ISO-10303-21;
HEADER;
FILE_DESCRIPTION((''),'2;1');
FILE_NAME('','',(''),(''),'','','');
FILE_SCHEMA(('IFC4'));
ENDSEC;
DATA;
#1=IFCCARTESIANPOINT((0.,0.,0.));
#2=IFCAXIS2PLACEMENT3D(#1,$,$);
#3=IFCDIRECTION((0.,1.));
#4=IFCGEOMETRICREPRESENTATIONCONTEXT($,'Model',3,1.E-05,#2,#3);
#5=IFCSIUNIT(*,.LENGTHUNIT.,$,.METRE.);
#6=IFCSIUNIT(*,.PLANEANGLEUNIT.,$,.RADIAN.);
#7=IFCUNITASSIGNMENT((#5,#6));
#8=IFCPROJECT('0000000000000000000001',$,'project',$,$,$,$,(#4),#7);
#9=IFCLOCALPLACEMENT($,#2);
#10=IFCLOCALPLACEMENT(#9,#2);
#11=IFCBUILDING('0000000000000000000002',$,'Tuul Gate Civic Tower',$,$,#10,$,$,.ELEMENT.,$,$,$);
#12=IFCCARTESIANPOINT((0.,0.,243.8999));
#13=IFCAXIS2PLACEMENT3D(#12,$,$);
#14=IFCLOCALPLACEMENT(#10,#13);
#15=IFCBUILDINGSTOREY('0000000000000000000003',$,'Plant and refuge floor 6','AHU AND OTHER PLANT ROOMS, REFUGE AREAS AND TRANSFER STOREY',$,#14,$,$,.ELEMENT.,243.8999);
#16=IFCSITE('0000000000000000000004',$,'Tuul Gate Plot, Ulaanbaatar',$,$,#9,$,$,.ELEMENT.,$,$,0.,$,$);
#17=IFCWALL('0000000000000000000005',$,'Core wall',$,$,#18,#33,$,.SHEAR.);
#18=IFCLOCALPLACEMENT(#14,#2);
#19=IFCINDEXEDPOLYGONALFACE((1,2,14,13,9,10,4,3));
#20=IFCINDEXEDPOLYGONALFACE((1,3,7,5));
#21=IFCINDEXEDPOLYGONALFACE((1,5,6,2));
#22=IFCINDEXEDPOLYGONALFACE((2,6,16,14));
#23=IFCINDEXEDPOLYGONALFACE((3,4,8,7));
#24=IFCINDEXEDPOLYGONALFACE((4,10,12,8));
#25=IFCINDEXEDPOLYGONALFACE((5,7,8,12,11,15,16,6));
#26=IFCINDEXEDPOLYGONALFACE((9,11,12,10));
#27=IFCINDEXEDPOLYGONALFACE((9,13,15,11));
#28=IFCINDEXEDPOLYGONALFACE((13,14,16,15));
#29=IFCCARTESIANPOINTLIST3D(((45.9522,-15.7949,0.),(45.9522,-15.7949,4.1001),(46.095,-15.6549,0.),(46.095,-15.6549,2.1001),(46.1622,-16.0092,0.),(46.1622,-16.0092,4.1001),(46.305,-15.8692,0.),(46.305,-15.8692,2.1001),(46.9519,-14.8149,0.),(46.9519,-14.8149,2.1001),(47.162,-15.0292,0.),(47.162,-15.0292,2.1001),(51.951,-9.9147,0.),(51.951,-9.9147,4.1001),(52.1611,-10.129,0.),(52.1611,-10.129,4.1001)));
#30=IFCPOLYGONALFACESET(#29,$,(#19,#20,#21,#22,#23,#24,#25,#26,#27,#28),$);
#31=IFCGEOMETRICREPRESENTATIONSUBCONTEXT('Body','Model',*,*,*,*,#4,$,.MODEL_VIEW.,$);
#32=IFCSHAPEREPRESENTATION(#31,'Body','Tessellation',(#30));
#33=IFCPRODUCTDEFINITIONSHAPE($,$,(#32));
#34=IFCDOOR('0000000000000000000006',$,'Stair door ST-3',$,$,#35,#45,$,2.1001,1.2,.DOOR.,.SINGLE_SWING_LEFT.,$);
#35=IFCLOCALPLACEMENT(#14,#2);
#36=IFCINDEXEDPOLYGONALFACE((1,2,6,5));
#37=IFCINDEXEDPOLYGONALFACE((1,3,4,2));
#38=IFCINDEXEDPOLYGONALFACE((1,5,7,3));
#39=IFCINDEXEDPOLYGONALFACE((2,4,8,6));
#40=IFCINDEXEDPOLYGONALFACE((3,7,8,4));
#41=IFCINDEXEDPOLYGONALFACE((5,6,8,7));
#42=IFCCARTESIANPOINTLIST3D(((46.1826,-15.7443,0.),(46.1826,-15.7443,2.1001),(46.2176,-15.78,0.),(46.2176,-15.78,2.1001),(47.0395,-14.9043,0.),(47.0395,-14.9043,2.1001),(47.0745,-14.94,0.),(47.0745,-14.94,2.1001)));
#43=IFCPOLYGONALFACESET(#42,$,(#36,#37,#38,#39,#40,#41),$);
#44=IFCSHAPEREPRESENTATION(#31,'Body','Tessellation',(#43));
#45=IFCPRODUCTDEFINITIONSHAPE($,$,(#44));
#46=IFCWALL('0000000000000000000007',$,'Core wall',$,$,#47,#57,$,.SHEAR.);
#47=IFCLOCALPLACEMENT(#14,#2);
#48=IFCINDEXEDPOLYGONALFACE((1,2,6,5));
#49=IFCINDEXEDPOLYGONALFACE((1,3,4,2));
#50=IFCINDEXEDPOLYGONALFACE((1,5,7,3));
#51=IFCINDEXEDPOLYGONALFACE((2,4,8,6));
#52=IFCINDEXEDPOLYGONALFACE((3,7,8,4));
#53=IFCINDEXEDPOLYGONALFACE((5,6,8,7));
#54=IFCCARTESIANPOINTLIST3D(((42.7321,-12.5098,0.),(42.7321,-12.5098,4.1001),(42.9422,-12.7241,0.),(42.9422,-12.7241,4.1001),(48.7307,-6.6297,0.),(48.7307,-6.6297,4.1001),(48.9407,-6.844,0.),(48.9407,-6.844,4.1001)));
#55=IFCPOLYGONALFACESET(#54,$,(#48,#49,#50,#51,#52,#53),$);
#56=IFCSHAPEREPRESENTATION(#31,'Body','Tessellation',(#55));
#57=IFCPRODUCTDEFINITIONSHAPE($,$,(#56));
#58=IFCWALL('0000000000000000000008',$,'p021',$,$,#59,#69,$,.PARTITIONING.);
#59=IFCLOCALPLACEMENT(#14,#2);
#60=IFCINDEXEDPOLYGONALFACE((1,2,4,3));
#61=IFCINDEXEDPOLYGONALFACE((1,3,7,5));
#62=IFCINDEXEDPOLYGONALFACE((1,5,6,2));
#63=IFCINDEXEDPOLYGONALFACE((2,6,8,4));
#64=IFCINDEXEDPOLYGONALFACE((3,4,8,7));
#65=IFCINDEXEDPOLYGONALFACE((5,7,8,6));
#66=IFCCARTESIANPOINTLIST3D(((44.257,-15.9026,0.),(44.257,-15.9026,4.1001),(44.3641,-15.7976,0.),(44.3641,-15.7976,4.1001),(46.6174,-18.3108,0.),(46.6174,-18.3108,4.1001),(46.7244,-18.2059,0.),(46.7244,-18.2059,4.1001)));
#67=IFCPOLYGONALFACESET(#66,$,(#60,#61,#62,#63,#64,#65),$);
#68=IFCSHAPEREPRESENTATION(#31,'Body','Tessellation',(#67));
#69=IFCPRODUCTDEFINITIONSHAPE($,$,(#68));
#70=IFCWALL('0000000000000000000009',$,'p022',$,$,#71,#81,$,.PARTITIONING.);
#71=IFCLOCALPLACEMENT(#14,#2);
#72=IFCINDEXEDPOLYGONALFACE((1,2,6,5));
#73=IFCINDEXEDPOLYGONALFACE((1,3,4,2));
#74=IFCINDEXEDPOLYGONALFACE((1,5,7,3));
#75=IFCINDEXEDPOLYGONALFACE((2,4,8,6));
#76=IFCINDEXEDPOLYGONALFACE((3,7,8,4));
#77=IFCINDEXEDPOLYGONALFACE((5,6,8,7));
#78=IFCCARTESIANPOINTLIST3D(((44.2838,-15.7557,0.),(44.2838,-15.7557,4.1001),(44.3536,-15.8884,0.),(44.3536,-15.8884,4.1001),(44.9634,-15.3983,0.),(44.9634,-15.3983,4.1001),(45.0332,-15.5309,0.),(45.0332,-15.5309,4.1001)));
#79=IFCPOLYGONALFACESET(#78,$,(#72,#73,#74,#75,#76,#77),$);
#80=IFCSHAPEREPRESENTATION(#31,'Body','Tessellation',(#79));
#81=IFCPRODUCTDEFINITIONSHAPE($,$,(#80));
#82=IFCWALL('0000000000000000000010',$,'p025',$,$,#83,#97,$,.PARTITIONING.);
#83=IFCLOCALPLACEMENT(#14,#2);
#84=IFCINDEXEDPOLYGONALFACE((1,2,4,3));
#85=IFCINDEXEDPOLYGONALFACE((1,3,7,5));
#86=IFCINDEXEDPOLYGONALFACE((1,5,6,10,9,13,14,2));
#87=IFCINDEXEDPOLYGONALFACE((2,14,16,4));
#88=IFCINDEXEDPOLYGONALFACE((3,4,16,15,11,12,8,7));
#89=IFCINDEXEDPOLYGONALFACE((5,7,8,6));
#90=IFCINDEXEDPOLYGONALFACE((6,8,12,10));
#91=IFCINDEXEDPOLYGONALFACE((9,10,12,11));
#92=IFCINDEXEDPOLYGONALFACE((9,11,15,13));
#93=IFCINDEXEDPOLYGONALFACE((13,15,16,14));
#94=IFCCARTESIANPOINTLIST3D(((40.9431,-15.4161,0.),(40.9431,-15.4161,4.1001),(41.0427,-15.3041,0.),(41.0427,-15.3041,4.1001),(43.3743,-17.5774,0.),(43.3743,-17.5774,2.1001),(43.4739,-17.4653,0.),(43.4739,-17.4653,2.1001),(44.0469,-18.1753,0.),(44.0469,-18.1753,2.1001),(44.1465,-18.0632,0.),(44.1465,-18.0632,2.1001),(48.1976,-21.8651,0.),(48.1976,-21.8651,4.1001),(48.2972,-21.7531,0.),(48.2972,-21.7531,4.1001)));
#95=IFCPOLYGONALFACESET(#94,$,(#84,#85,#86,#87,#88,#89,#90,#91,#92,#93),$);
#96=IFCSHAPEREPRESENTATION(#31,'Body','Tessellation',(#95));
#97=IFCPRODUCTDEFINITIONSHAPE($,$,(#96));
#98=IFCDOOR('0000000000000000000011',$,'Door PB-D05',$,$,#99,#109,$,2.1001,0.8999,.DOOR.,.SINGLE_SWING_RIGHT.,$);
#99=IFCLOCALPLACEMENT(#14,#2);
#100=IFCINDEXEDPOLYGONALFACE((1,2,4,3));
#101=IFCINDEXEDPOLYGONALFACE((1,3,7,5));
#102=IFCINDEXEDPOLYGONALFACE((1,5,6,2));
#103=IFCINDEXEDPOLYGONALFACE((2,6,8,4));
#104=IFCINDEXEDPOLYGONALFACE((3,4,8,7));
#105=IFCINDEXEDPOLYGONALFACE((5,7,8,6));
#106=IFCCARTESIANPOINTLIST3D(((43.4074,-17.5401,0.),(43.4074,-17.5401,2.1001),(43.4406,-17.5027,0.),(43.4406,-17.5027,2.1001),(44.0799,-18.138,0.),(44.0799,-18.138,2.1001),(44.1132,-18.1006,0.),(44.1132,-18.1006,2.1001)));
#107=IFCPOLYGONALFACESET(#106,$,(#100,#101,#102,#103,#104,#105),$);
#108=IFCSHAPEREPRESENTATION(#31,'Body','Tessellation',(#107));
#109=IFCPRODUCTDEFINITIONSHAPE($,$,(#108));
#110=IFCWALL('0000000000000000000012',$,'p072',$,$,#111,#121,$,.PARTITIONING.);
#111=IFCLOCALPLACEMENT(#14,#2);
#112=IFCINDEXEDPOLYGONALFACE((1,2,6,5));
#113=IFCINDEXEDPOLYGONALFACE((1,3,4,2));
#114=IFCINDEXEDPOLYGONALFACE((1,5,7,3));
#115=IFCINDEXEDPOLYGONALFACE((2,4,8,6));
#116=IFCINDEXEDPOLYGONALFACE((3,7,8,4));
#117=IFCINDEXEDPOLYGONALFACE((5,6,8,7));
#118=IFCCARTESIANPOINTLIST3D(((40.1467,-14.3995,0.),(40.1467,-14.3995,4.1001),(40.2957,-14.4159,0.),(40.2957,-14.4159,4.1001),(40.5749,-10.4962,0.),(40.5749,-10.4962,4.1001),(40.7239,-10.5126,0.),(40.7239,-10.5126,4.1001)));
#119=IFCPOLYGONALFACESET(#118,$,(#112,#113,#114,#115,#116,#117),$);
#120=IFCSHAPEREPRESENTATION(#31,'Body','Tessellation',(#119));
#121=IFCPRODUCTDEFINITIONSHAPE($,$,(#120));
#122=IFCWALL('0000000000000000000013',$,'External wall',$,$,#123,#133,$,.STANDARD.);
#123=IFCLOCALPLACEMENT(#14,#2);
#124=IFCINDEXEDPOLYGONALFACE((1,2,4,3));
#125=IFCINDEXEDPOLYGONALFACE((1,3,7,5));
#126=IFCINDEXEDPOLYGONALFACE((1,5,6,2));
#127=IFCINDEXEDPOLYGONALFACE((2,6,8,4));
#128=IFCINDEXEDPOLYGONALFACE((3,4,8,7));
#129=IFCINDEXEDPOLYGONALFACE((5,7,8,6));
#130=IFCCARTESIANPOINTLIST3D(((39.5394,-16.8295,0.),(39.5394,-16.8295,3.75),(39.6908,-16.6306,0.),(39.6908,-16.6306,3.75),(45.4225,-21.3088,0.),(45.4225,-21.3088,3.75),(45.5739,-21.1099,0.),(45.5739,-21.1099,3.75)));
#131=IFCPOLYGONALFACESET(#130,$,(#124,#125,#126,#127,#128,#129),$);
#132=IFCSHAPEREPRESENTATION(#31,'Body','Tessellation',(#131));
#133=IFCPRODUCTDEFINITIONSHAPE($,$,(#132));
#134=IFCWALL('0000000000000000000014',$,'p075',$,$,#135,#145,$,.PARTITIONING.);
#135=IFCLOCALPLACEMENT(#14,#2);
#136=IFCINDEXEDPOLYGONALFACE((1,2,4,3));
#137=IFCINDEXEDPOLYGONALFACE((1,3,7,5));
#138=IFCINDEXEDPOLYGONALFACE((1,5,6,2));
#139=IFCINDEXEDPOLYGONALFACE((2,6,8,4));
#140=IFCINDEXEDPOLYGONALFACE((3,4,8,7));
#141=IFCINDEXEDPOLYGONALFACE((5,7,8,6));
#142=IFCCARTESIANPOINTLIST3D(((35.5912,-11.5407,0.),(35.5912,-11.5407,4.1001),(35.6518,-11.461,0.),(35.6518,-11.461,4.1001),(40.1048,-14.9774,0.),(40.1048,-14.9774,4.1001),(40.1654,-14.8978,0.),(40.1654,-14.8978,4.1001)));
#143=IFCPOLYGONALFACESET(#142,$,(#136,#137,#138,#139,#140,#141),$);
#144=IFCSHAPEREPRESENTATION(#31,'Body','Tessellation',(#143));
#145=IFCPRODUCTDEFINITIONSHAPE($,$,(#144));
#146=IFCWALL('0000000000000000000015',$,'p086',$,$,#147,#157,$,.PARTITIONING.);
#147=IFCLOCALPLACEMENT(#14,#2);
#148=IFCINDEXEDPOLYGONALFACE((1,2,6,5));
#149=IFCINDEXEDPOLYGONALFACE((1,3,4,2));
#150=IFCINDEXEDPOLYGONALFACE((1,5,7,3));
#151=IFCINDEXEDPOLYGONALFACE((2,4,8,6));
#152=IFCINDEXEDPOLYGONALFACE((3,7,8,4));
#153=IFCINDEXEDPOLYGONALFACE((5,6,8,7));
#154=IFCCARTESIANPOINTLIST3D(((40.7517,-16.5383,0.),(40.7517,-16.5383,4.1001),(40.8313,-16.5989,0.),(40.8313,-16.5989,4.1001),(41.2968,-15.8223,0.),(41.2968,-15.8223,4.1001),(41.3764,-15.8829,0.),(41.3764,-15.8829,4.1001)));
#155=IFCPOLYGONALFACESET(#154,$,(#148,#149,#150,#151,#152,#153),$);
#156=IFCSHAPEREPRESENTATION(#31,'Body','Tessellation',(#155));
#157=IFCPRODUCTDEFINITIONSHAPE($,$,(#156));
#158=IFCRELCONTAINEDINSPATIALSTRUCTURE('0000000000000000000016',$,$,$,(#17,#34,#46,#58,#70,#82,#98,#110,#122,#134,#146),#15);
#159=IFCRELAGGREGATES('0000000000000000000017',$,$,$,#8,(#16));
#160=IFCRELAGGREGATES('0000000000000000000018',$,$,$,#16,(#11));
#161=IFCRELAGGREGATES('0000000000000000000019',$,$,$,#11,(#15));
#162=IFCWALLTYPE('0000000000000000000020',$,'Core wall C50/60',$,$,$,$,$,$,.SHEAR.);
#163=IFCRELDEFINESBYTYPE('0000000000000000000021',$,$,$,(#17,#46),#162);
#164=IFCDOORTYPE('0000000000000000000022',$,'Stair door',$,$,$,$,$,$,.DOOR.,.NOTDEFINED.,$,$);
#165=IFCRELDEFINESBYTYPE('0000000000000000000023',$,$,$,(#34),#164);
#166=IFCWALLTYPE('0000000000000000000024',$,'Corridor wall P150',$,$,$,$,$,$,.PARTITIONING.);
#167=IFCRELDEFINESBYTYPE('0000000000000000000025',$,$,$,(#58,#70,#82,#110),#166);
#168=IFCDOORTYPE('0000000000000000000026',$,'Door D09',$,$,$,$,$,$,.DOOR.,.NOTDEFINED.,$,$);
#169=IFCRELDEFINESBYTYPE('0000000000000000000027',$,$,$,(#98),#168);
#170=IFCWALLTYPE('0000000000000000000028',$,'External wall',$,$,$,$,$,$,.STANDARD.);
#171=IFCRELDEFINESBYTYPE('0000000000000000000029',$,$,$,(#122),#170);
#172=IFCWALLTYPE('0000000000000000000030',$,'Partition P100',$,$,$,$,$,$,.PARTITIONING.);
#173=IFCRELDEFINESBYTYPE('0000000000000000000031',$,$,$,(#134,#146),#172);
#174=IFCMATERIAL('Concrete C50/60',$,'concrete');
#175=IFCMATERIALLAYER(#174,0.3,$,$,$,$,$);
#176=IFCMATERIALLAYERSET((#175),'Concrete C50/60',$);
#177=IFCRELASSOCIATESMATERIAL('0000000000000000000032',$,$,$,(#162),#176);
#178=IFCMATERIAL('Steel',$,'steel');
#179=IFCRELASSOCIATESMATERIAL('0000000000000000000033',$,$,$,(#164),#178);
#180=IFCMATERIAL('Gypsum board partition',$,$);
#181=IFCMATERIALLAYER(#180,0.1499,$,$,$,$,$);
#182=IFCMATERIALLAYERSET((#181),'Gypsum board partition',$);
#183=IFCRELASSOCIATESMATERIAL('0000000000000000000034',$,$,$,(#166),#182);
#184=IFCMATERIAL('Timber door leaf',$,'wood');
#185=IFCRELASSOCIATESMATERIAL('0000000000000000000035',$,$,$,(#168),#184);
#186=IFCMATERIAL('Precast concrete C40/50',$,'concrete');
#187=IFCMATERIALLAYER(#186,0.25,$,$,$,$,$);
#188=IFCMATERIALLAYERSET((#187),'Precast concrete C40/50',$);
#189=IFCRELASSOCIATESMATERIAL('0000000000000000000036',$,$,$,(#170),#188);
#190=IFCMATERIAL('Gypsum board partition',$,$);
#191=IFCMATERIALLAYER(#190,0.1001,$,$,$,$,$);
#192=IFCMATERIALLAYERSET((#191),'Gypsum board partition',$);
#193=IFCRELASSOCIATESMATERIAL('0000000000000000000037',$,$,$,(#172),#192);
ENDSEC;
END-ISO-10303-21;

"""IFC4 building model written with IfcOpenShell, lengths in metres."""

from ifc_helpers import new_model, si_unit, direction, frame, frame_2d, origin, place, context, subcontext, project, spatial, rectangle, extrude, material, layer, layer_set, type_object, element, fill, save


model = new_model("IFC4")

# Units and contexts
model_context = context("Model", 3, precision=1e-05, world=origin(), true_north=direction((0.0, 1.0)))
body_context = subcontext(model_context, "Body", "Model", "MODEL_VIEW")
ifc_project = project(units=[si_unit("LENGTHUNIT", "METRE"), si_unit("PLANEANGLEUNIT", "RADIAN")], contexts=[model_context])

# Site, building, storey
site_placement = place(None, origin())
site = spatial("IfcSite", under=ifc_project, at=site_placement, Name="Tuul Gate Plot, Ulaanbaatar", CompositionType="ELEMENT", RefElevation=0.0)
building_placement = place(site_placement, origin())
building = spatial("IfcBuilding", under=site, at=building_placement, Name="Tuul Gate Civic Tower", CompositionType="ELEMENT")
storey_placement = place(building_placement, frame((0.0, 0.0, 243.8999)))
storey = spatial("IfcBuildingStorey", under=building, at=storey_placement, Name="Plant and refuge floor 6", Description="AHU AND OTHER PLANT ROOMS, REFUGE AREAS AND TRANSFER STOREY", CompositionType="ELEMENT", Elevation=243.8999)

# Wall, opening, door
ifc_material_1 = material(Name="Concrete C50/60", Category="concrete")
ifc_layer_1 = layer(ifc_material_1, 0.3)
ifc_layer_set_1 = layer_set([ifc_layer_1], Name="Concrete C50/60")
wall_type_1 = type_object("IfcWallType", Name="Core wall C50/60", PredefinedType="SHEAR", material=ifc_layer_set_1)
wall_1_placement = place(storey_placement, frame((46.0571, -15.9021, 0.0), z_axis=(0.0, 0.0, 1.0), x_axis=(0.714134, 0.700009, 0.0)))
wall_1 = element("IfcWall", 1, at=wall_1_placement, inside=storey, type_object=wall_type_1, Name="Core wall", PredefinedType="SHEAR", context=body_context, shape_type="SweptSolid", body=[
    extrude(rectangle(XDim=8.4001, YDim=0.3, at=frame_2d((4.2002, 0.0))), origin(), (0.0, 0.0, 1.0), 4.1001),
])
opening_1_placement = place(wall_1_placement, frame((0.2, 0.0, 0.0)))
opening_1 = element("IfcOpeningElement", 2, at=opening_1_placement, cuts=wall_1, PredefinedType="OPENING", context=body_context, shape_type="SweptSolid", body=[
    extrude(rectangle(XDim=1.2, YDim=2.1001, at=frame_2d((0.6001, 1.05))), frame((0.0, 0.1602, 0.0), z_axis=(0.0, -1.0, 0.0), x_axis=(1.0, 0.0, 0.0)), (0.0, 0.0, 1.0), 0.3201),
])
ifc_material_2 = material(Name="Steel", Category="steel")
door_type_1 = type_object("IfcDoorType", Name="Stair door", OperationType="NOTDEFINED", PredefinedType="DOOR", material=ifc_material_2)
door_1_placement = place(opening_1_placement, origin())
door_1 = element("IfcDoor", 3, at=door_1_placement, inside=storey, type_object=door_type_1, Name="Stair door ST-3", OperationType="SINGLE_SWING_LEFT", OverallHeight=2.1001, OverallWidth=1.2, PredefinedType="DOOR", context=body_context, shape_type="SweptSolid", body=[
    extrude(rectangle(XDim=1.2, YDim=2.1001, at=frame_2d((0.6001, 1.05))), frame((0.0, 0.0249, 0.0), z_axis=(0.0, -1.0, 0.0), x_axis=(1.0, 0.0, 0.0)), (0.0, 0.0, 1.0), 0.05),
])
fill(opening_1, door_1)

# Walls
wall_2_placement = place(storey_placement, frame((42.8372, -12.6169, 0.0), z_axis=(0.0, 0.0, 1.0), x_axis=(0.71412, 0.700023, 0.0)))
element("IfcWall", 4, at=wall_2_placement, inside=storey, type_object=wall_type_1, Name="Core wall", PredefinedType="SHEAR", context=body_context, shape_type="SweptSolid", body=[
    extrude(rectangle(XDim=8.3999, YDim=0.3, at=frame_2d((4.2, 0.0))), origin(), (0.0, 0.0, 1.0), 4.1001),
])
ifc_material_3 = material(Name="Gypsum board partition")
ifc_layer_2 = layer(ifc_material_3, 0.1499)
ifc_layer_set_2 = layer_set([ifc_layer_2], Name="Gypsum board partition")
wall_type_2 = type_object("IfcWallType", Name="Corridor wall P150", PredefinedType="PARTITIONING", material=ifc_layer_set_2)
wall_3_placement = place(storey_placement, frame((44.3105, -15.8501, 0.0), z_axis=(0.0, 0.0, 1.0), x_axis=(0.699976, -0.714167, 0.0)))
element("IfcWall", 5, at=wall_3_placement, inside=storey, type_object=wall_type_2, Name="p021", PredefinedType="PARTITIONING", context=body_context, shape_type="SweptSolid", body=[
    extrude(rectangle(XDim=3.3721, YDim=0.1499, at=frame_2d((1.686, 0.0))), origin(), (0.0, 0.0, 1.0), 4.1001),
])
wall_4_placement = place(storey_placement, frame((44.3188, -15.822, 0.0), z_axis=(0.0, 0.0, 1.0), x_axis=(0.885015, 0.465563, 0.0)))
element("IfcWall", 6, at=wall_4_placement, inside=storey, type_object=wall_type_2, Name="p022", PredefinedType="PARTITIONING", context=body_context, shape_type="SweptSolid", body=[
    extrude(rectangle(XDim=0.7678, YDim=0.1499, at=frame_2d((0.3838, 0.0))), origin(), (0.0, 0.0, 1.0), 4.1001),
])

# Wall, opening, door
wall_5_placement = place(storey_placement, frame((40.9929, -15.3601, 0.0), z_axis=(0.0, 0.0, 1.0), x_axis=(0.747377, -0.6644, 0.0)))
wall_5 = element("IfcWall", 7, at=wall_5_placement, inside=storey, type_object=wall_type_2, Name="p025", PredefinedType="PARTITIONING", context=body_context, shape_type="SweptSolid", body=[
    extrude(rectangle(XDim=9.7065, YDim=0.1499, at=frame_2d((4.8533, 0.0))), origin(), (0.0, 0.0, 1.0), 4.1001),
])
opening_2_placement = place(wall_5_placement, frame((3.2529, 0.0, 0.0)))
opening_2 = element("IfcOpeningElement", 8, at=opening_2_placement, cuts=wall_5, PredefinedType="OPENING", context=body_context, shape_type="SweptSolid", body=[
    extrude(rectangle(XDim=0.8999, YDim=2.1001, at=frame_2d((0.45, 1.05))), frame((0.0, 0.085, 0.0), z_axis=(0.0, -1.0, 0.0), x_axis=(1.0, 0.0, 0.0)), (0.0, 0.0, 1.0), 0.1699),
])
ifc_material_4 = material(Name="Timber door leaf", Category="wood")
door_type_2 = type_object("IfcDoorType", Name="Door D09", OperationType="NOTDEFINED", PredefinedType="DOOR", material=ifc_material_4)
door_2_placement = place(opening_2_placement, origin())
door_2 = element("IfcDoor", 9, at=door_2_placement, inside=storey, type_object=door_type_2, Name="Door PB-D05", OperationType="SINGLE_SWING_RIGHT", OverallHeight=2.1001, OverallWidth=0.8999, PredefinedType="DOOR", context=body_context, shape_type="SweptSolid", body=[
    extrude(rectangle(XDim=0.8999, YDim=2.1001, at=frame_2d((0.45, 1.05))), frame((0.0, 0.0249, 0.0), z_axis=(0.0, -1.0, 0.0), x_axis=(1.0, 0.0, 0.0)), (0.0, 0.0, 1.0), 0.05),
])
fill(opening_2, door_2)

# Walls
wall_6_placement = place(storey_placement, frame((40.2212, -14.4077, 0.0), z_axis=(0.0, 0.0, 1.0), x_axis=(0.109053, 0.994036, 0.0)))
element("IfcWall", 10, at=wall_6_placement, inside=storey, type_object=wall_type_2, Name="p072", PredefinedType="PARTITIONING", context=body_context, shape_type="SweptSolid", body=[
    extrude(rectangle(XDim=3.9268, YDim=0.1499, at=frame_2d((1.9634, 0.0))), origin(), (0.0, 0.0, 1.0), 4.1001),
])
ifc_material_5 = material(Name="Precast concrete C40/50", Category="concrete")
ifc_layer_3 = layer(ifc_material_5, 0.25)
ifc_layer_set_3 = layer_set([ifc_layer_3], Name="Precast concrete C40/50")
wall_type_3 = type_object("IfcWallType", Name="External wall", PredefinedType="STANDARD", material=ifc_layer_set_3)
wall_7_placement = place(storey_placement, frame((39.615, -16.73, 0.0), z_axis=(0.0, 0.0, 1.0), x_axis=(0.795633, -0.60578, 0.0)))
element("IfcWall", 11, at=wall_7_placement, inside=storey, type_object=wall_type_3, Name="External wall", PredefinedType="STANDARD", context=body_context, shape_type="SweptSolid", body=[
    extrude(rectangle(XDim=7.3943, YDim=0.25, at=frame_2d((3.6973, 0.0))), origin(), (0.0, 0.0, 1.0), 3.75),
])
ifc_material_6 = material(Name="Gypsum board partition")
ifc_layer_4 = layer(ifc_material_6, 0.1001)
ifc_layer_set_4 = layer_set([ifc_layer_4], Name="Gypsum board partition")
wall_type_4 = type_object("IfcWallType", Name="Partition P100", PredefinedType="PARTITIONING", material=ifc_layer_set_4)
wall_8_placement = place(storey_placement, frame((40.135, -14.9375, 0.0), z_axis=(0.0, 0.0, 1.0), x_axis=(-0.79562, 0.605796, 0.0)))
element("IfcWall", 12, at=wall_8_placement, inside=storey, type_object=wall_type_4, Name="p075", PredefinedType="PARTITIONING", context=body_context, shape_type="SweptSolid", body=[
    extrude(rectangle(XDim=5.6731, YDim=0.1001, at=frame_2d((2.8364, 0.0))), origin(), (0.0, 0.0, 1.0), 4.1001),
])
wall_9_placement = place(storey_placement, frame((40.7915, -16.5686, 0.0), z_axis=(0.0, 0.0, 1.0), x_axis=(0.605757, 0.79565, 0.0)))
element("IfcWall", 13, at=wall_9_placement, inside=storey, type_object=wall_type_4, Name="p086", PredefinedType="PARTITIONING", context=body_context, shape_type="SweptSolid", body=[
    extrude(rectangle(XDim=0.8999, YDim=0.1001, at=frame_2d((0.45, 0.0))), origin(), (0.0, 0.0, 1.0), 4.1001),
])

save(model, "model.ifc")
